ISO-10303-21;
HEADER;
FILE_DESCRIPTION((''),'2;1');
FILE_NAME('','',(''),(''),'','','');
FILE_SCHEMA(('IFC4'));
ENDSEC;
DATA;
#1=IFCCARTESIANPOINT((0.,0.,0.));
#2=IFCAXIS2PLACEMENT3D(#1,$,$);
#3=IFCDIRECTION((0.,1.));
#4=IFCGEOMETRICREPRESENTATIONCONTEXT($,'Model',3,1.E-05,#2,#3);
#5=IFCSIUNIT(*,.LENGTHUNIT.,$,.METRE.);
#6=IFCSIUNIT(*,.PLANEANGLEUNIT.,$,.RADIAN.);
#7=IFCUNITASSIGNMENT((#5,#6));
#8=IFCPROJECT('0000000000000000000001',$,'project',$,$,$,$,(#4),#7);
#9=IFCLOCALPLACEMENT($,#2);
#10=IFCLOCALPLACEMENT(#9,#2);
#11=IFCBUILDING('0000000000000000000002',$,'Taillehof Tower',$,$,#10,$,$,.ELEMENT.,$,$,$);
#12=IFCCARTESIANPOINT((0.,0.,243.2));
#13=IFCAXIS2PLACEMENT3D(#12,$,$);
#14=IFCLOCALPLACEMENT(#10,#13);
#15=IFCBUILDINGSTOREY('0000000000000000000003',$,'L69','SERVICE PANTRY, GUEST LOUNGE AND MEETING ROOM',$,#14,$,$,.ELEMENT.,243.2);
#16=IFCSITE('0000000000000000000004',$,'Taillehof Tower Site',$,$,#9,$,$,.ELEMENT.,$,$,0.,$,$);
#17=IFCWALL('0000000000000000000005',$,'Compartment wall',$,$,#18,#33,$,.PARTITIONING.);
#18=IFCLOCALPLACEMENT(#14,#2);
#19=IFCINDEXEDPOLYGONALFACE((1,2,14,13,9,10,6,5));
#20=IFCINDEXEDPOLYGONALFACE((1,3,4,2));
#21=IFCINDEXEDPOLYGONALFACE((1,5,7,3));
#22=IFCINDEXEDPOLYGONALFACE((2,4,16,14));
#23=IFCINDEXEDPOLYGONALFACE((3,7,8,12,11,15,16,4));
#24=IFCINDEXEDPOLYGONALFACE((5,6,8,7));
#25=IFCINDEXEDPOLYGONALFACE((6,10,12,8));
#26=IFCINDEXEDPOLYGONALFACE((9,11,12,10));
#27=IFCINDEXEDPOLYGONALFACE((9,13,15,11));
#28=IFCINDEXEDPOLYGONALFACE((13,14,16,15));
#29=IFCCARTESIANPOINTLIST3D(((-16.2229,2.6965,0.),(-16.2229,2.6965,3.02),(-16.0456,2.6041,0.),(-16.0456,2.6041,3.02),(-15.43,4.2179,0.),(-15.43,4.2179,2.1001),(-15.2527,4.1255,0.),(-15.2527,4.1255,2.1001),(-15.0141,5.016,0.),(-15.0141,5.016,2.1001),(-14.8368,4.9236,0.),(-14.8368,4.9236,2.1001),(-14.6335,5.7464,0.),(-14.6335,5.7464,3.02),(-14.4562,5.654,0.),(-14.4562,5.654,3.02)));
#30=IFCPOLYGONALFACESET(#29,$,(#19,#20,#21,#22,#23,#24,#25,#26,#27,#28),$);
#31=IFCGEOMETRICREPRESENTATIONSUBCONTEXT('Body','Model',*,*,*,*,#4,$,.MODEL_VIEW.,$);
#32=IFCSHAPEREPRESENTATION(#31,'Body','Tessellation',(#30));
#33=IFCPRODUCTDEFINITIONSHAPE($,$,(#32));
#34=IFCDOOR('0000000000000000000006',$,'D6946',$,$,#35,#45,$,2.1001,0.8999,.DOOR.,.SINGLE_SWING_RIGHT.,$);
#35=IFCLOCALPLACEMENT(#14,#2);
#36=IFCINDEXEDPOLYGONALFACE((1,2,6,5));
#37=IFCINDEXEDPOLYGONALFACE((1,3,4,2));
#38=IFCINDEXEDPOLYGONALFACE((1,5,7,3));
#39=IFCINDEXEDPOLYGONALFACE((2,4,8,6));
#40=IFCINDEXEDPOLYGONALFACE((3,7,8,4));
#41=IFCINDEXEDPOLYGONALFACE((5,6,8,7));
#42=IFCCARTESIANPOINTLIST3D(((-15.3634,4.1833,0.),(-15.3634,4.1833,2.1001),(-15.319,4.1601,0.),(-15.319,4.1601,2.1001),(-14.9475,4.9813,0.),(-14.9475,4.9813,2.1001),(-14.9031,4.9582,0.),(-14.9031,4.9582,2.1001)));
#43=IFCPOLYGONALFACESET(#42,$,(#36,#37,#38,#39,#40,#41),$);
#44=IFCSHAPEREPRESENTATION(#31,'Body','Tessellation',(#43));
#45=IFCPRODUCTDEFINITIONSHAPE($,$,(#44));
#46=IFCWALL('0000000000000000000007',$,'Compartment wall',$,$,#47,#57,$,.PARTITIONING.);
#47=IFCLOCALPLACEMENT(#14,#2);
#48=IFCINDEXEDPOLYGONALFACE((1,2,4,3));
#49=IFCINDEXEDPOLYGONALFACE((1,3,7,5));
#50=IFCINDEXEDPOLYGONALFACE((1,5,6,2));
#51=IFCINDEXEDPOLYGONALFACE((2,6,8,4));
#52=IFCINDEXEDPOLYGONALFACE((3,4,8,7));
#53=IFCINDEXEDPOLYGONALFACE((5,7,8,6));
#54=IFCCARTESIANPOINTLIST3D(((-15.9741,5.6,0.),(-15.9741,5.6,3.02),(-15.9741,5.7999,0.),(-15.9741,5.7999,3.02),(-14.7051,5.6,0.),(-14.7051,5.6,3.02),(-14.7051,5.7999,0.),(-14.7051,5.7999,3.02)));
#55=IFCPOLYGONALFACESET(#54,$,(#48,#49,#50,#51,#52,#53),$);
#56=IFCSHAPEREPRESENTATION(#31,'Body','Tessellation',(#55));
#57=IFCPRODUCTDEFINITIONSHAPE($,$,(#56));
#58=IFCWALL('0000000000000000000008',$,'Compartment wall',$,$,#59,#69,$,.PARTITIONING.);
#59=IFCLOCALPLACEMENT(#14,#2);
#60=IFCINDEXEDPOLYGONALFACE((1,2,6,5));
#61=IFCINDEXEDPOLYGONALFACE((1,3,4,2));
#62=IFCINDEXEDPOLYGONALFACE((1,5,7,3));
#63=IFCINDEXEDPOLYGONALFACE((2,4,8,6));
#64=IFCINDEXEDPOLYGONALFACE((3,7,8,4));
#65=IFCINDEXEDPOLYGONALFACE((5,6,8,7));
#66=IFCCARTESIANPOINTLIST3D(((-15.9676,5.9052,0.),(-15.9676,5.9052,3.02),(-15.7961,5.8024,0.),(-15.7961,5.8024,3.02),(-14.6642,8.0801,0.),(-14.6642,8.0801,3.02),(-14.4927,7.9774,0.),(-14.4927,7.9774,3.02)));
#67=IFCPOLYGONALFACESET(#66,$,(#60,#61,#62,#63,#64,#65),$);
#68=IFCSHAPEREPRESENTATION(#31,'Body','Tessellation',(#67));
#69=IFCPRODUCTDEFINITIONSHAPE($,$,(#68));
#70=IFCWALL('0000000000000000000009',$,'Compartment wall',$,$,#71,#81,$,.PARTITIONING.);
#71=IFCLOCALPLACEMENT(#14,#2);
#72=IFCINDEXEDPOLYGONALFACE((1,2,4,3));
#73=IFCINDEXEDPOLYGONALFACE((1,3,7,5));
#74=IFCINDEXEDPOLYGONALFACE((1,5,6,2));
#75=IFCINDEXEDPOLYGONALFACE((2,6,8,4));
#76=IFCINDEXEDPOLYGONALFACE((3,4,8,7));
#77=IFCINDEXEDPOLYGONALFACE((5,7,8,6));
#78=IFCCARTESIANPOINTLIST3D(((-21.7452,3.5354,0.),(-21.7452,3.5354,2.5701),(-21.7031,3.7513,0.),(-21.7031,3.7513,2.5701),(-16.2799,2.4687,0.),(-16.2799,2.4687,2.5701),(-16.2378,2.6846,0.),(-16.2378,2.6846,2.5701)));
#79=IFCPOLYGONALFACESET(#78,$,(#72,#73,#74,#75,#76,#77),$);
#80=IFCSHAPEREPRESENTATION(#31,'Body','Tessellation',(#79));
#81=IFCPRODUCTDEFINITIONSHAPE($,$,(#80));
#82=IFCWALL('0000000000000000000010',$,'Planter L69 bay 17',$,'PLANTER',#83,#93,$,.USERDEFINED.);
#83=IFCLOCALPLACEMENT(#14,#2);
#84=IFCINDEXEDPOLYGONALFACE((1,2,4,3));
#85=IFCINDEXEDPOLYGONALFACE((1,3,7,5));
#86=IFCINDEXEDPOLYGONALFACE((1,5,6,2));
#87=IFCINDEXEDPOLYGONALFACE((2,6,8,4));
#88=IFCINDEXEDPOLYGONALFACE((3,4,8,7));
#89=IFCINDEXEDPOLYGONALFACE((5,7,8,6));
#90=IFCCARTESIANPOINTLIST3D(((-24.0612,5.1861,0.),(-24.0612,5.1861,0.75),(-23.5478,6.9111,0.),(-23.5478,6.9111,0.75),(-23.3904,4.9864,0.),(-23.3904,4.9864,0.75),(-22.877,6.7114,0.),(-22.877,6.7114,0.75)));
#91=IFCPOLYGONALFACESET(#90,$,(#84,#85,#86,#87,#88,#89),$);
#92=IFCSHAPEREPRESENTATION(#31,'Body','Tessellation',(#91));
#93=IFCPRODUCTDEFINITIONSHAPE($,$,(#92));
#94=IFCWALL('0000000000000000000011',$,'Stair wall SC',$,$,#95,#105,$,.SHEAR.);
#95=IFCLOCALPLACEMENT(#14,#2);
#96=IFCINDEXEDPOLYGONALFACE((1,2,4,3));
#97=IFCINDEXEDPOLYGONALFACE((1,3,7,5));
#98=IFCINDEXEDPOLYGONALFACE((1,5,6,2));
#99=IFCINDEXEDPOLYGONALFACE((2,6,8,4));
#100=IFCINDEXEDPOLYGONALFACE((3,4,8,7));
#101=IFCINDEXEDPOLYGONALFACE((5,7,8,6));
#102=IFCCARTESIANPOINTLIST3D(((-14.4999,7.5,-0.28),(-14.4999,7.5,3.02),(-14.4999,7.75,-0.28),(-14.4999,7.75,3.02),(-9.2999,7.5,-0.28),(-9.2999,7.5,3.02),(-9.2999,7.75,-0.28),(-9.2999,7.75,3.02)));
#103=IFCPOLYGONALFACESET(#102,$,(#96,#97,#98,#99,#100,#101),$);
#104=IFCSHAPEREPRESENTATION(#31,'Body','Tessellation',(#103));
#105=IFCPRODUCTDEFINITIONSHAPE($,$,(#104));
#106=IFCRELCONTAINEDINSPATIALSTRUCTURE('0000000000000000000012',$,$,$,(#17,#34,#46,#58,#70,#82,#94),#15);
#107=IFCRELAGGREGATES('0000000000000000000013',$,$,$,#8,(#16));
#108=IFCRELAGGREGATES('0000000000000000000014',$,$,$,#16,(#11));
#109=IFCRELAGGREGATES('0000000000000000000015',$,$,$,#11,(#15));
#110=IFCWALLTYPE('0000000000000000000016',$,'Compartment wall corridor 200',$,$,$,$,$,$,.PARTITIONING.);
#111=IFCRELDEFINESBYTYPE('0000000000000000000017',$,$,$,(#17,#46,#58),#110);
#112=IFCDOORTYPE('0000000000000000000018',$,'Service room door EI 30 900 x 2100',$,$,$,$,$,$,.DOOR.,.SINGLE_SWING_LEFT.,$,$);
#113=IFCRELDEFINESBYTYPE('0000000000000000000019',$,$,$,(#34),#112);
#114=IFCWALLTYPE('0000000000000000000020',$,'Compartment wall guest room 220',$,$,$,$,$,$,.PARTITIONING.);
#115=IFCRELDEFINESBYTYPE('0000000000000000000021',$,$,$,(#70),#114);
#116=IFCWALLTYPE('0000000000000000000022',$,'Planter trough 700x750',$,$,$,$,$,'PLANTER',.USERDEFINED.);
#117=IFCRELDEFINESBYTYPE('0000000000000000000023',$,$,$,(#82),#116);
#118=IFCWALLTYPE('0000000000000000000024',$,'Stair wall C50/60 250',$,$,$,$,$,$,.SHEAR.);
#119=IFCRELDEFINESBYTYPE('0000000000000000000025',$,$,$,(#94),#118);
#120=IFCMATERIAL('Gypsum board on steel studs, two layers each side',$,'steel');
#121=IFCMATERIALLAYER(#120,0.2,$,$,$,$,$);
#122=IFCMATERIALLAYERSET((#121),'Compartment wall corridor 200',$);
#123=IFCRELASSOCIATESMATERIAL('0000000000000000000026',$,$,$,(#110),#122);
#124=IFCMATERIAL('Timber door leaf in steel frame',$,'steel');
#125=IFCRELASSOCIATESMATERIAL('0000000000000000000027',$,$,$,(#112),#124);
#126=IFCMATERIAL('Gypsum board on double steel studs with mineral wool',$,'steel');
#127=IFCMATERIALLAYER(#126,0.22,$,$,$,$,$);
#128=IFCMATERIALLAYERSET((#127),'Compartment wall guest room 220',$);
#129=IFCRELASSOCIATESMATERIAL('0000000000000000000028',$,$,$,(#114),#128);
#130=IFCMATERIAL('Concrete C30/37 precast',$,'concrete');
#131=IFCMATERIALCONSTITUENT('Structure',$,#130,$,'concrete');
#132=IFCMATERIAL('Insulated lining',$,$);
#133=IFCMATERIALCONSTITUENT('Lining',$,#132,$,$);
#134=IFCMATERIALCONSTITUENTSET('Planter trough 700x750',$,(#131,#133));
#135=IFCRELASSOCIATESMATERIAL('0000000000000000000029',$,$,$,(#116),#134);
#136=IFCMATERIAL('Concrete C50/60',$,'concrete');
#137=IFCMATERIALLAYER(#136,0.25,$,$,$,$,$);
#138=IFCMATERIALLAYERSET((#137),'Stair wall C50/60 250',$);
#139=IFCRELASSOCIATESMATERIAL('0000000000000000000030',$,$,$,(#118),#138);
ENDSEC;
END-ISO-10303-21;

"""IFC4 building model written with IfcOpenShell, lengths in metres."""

from ifc_helpers import new_model, si_unit, direction, frame, frame_2d, origin, place, context, subcontext, project, spatial, rectangle, extrude, material, layer, layer_set, constituent, constituent_set, type_object, element, fill, save


model = new_model("IFC4")

# Units and contexts
model_context = context("Model", 3, precision=1e-05, world=origin(), true_north=direction((0.0, 1.0)))
body_context = subcontext(model_context, "Body", "Model", "MODEL_VIEW")
ifc_project = project(units=[si_unit("LENGTHUNIT", "METRE"), si_unit("PLANEANGLEUNIT", "RADIAN")], contexts=[model_context])

# Site, building, storey
site_placement = place(None, origin())
site = spatial("IfcSite", under=ifc_project, at=site_placement, Name="Taillehof Tower Site", CompositionType="ELEMENT", RefElevation=0.0)
building_placement = place(site_placement, origin())
building = spatial("IfcBuilding", under=site, at=building_placement, Name="Taillehof Tower", CompositionType="ELEMENT")
storey_placement = place(building_placement, frame((0.0, 0.0, 243.2)))
storey = spatial("IfcBuildingStorey", under=building, at=storey_placement, Name="L69", Description="SERVICE PANTRY, GUEST LOUNGE AND MEETING ROOM", CompositionType="ELEMENT", Elevation=243.2)

# Wall, opening, door
ifc_material_1 = material(Name="Gypsum board on steel studs, two layers each side", Category="steel")
ifc_layer_1 = layer(ifc_material_1, 0.2)
ifc_layer_set_1 = layer_set([ifc_layer_1], Name="Compartment wall corridor 200")
wall_type_1 = type_object("IfcWallType", Name="Compartment wall corridor 200", PredefinedType="PARTITIONING", material=ifc_layer_set_1)
wall_1_placement = place(storey_placement, frame((-16.1343, 2.6501, 0.0), z_axis=(0.0, 0.0, 1.0), x_axis=(0.462144, 0.886805, 0.0)))
wall_1 = element("IfcWall", 1, at=wall_1_placement, inside=storey, type_object=wall_type_1, Name="Compartment wall", PredefinedType="PARTITIONING", context=body_context, shape_type="SweptSolid", body=[
    extrude(rectangle(XDim=3.4392, YDim=0.2, at=frame_2d((1.7197, 0.0))), origin(), (0.0, 0.0, 1.0), 3.02),
])
opening_1_placement = place(wall_1_placement, frame((1.7158, 0.0, 0.0)))
opening_1 = element("IfcOpeningElement", 2, at=opening_1_placement, cuts=wall_1, PredefinedType="OPENING", context=body_context, shape_type="SweptSolid", body=[
    extrude(rectangle(XDim=0.8999, YDim=2.1001, at=frame_2d((0.45, 1.05))), frame((0.0, 0.1099, 0.0), z_axis=(0.0, -1.0, 0.0), x_axis=(1.0, 0.0, 0.0)), (0.0, 0.0, 1.0), 0.22),
])
ifc_material_2 = material(Name="Timber door leaf in steel frame", Category="steel")
door_type_1 = type_object("IfcDoorType", Name="Service room door EI 30 900 x 2100", OperationType="SINGLE_SWING_LEFT", PredefinedType="DOOR", material=ifc_material_2)
door_1_placement = place(opening_1_placement, origin())
door_1 = element("IfcDoor", 3, at=door_1_placement, inside=storey, type_object=door_type_1, Name="D6946", OperationType="SINGLE_SWING_RIGHT", OverallHeight=2.1001, OverallWidth=0.8999, PredefinedType="DOOR", context=body_context, shape_type="SweptSolid", body=[
    extrude(rectangle(XDim=0.8999, YDim=2.1001, at=frame_2d((0.45, 1.05))), frame((0.0, 0.0249, 0.0), z_axis=(0.0, -1.0, 0.0), x_axis=(1.0, 0.0, 0.0)), (0.0, 0.0, 1.0), 0.05),
])
fill(opening_1, door_1)

# Walls
wall_2_placement = place(storey_placement, frame((-14.7051, 5.7, 0.0), z_axis=(0.0, 0.0, 1.0), x_axis=(-1.0, 0.0, 0.0)))
element("IfcWall", 4, at=wall_2_placement, inside=storey, type_object=wall_type_1, Name="Compartment wall", PredefinedType="PARTITIONING", context=body_context, shape_type="SweptSolid", body=[
    extrude(rectangle(XDim=1.269, YDim=0.2, at=frame_2d((0.6345, 0.0))), origin(), (0.0, 0.0, 1.0), 3.02),
])
wall_3_placement = place(storey_placement, frame((-15.8818, 5.8538, 0.0), z_axis=(0.0, 0.0, 1.0), x_axis=(0.514043, 0.857765, 0.0)))
element("IfcWall", 5, at=wall_3_placement, inside=storey, type_object=wall_type_1, Name="Compartment wall", PredefinedType="PARTITIONING", context=body_context, shape_type="SweptSolid", body=[
    extrude(rectangle(XDim=2.5356, YDim=0.2, at=frame_2d((1.2678, 0.0))), origin(), (0.0, 0.0, 1.0), 3.02),
])
ifc_material_3 = material(Name="Gypsum board on double steel studs with mineral wool", Category="steel")
ifc_layer_2 = layer(ifc_material_3, 0.22)
ifc_layer_set_2 = layer_set([ifc_layer_2], Name="Compartment wall guest room 220")
wall_type_2 = type_object("IfcWallType", Name="Compartment wall guest room 220", PredefinedType="PARTITIONING", material=ifc_layer_set_2)
wall_4_placement = place(storey_placement, frame((-21.7241, 3.6433, 0.0), z_axis=(0.0, 0.0, 1.0), x_axis=(0.981482, -0.191553, 0.0)))
element("IfcWall", 6, at=wall_4_placement, inside=storey, type_object=wall_type_2, Name="Compartment wall", PredefinedType="PARTITIONING", context=body_context, shape_type="SweptSolid", body=[
    extrude(rectangle(XDim=5.5684, YDim=0.22, at=frame_2d((2.7842, 0.0))), origin(), (0.0, 0.0, 1.0), 2.5701),
])
ifc_material_4 = material(Name="Concrete C30/37 precast", Category="concrete")
ifc_constituent_1 = constituent(ifc_material_4, Name="Structure", Category="concrete")
ifc_material_5 = material(Name="Insulated lining")
ifc_constituent_2 = constituent(ifc_material_5, Name="Lining")
ifc_constituent_set = constituent_set(constituents=[ifc_constituent_1, ifc_constituent_2], Name="Planter trough 700x750")
wall_type_3 = type_object("IfcWallType", Name="Planter trough 700x750", ElementType="PLANTER", PredefinedType="USERDEFINED", material=ifc_constituent_set)
wall_5_placement = place(storey_placement, frame((-23.2124, 6.8113, 0.0), z_axis=(0.0, 0.0, 1.0), x_axis=(-0.285257, -0.958451, 0.0)))
element("IfcWall", 7, at=wall_5_placement, inside=storey, type_object=wall_type_3, Name="Planter L69 bay 17", ObjectType="PLANTER", PredefinedType="USERDEFINED", context=body_context, shape_type="SweptSolid", body=[
    extrude(rectangle(XDim=1.7998, YDim=0.7, at=frame_2d((0.8999, 0.0))), origin(), (0.0, 0.0, 1.0), 0.75),
])
ifc_material_6 = material(Name="Concrete C50/60", Category="concrete")
ifc_layer_3 = layer(ifc_material_6, 0.25)
ifc_layer_set_3 = layer_set([ifc_layer_3], Name="Stair wall C50/60 250")
wall_type_4 = type_object("IfcWallType", Name="Stair wall C50/60 250", PredefinedType="SHEAR", material=ifc_layer_set_3)
wall_6_placement = place(storey_placement, frame((-14.5, 7.625, -0.28), z_axis=(0.0, 0.0, 1.0), x_axis=(1.0, 0.0, 0.0)))
element("IfcWall", 8, at=wall_6_placement, inside=storey, type_object=wall_type_4, Name="Stair wall SC", PredefinedType="SHEAR", context=body_context, shape_type="SweptSolid", body=[
    extrude(rectangle(XDim=5.2, YDim=0.25, at=frame_2d((2.6001, 0.0))), origin(), (0.0, 0.0, 1.0), 3.3),
])

save(model, "model.ifc")
